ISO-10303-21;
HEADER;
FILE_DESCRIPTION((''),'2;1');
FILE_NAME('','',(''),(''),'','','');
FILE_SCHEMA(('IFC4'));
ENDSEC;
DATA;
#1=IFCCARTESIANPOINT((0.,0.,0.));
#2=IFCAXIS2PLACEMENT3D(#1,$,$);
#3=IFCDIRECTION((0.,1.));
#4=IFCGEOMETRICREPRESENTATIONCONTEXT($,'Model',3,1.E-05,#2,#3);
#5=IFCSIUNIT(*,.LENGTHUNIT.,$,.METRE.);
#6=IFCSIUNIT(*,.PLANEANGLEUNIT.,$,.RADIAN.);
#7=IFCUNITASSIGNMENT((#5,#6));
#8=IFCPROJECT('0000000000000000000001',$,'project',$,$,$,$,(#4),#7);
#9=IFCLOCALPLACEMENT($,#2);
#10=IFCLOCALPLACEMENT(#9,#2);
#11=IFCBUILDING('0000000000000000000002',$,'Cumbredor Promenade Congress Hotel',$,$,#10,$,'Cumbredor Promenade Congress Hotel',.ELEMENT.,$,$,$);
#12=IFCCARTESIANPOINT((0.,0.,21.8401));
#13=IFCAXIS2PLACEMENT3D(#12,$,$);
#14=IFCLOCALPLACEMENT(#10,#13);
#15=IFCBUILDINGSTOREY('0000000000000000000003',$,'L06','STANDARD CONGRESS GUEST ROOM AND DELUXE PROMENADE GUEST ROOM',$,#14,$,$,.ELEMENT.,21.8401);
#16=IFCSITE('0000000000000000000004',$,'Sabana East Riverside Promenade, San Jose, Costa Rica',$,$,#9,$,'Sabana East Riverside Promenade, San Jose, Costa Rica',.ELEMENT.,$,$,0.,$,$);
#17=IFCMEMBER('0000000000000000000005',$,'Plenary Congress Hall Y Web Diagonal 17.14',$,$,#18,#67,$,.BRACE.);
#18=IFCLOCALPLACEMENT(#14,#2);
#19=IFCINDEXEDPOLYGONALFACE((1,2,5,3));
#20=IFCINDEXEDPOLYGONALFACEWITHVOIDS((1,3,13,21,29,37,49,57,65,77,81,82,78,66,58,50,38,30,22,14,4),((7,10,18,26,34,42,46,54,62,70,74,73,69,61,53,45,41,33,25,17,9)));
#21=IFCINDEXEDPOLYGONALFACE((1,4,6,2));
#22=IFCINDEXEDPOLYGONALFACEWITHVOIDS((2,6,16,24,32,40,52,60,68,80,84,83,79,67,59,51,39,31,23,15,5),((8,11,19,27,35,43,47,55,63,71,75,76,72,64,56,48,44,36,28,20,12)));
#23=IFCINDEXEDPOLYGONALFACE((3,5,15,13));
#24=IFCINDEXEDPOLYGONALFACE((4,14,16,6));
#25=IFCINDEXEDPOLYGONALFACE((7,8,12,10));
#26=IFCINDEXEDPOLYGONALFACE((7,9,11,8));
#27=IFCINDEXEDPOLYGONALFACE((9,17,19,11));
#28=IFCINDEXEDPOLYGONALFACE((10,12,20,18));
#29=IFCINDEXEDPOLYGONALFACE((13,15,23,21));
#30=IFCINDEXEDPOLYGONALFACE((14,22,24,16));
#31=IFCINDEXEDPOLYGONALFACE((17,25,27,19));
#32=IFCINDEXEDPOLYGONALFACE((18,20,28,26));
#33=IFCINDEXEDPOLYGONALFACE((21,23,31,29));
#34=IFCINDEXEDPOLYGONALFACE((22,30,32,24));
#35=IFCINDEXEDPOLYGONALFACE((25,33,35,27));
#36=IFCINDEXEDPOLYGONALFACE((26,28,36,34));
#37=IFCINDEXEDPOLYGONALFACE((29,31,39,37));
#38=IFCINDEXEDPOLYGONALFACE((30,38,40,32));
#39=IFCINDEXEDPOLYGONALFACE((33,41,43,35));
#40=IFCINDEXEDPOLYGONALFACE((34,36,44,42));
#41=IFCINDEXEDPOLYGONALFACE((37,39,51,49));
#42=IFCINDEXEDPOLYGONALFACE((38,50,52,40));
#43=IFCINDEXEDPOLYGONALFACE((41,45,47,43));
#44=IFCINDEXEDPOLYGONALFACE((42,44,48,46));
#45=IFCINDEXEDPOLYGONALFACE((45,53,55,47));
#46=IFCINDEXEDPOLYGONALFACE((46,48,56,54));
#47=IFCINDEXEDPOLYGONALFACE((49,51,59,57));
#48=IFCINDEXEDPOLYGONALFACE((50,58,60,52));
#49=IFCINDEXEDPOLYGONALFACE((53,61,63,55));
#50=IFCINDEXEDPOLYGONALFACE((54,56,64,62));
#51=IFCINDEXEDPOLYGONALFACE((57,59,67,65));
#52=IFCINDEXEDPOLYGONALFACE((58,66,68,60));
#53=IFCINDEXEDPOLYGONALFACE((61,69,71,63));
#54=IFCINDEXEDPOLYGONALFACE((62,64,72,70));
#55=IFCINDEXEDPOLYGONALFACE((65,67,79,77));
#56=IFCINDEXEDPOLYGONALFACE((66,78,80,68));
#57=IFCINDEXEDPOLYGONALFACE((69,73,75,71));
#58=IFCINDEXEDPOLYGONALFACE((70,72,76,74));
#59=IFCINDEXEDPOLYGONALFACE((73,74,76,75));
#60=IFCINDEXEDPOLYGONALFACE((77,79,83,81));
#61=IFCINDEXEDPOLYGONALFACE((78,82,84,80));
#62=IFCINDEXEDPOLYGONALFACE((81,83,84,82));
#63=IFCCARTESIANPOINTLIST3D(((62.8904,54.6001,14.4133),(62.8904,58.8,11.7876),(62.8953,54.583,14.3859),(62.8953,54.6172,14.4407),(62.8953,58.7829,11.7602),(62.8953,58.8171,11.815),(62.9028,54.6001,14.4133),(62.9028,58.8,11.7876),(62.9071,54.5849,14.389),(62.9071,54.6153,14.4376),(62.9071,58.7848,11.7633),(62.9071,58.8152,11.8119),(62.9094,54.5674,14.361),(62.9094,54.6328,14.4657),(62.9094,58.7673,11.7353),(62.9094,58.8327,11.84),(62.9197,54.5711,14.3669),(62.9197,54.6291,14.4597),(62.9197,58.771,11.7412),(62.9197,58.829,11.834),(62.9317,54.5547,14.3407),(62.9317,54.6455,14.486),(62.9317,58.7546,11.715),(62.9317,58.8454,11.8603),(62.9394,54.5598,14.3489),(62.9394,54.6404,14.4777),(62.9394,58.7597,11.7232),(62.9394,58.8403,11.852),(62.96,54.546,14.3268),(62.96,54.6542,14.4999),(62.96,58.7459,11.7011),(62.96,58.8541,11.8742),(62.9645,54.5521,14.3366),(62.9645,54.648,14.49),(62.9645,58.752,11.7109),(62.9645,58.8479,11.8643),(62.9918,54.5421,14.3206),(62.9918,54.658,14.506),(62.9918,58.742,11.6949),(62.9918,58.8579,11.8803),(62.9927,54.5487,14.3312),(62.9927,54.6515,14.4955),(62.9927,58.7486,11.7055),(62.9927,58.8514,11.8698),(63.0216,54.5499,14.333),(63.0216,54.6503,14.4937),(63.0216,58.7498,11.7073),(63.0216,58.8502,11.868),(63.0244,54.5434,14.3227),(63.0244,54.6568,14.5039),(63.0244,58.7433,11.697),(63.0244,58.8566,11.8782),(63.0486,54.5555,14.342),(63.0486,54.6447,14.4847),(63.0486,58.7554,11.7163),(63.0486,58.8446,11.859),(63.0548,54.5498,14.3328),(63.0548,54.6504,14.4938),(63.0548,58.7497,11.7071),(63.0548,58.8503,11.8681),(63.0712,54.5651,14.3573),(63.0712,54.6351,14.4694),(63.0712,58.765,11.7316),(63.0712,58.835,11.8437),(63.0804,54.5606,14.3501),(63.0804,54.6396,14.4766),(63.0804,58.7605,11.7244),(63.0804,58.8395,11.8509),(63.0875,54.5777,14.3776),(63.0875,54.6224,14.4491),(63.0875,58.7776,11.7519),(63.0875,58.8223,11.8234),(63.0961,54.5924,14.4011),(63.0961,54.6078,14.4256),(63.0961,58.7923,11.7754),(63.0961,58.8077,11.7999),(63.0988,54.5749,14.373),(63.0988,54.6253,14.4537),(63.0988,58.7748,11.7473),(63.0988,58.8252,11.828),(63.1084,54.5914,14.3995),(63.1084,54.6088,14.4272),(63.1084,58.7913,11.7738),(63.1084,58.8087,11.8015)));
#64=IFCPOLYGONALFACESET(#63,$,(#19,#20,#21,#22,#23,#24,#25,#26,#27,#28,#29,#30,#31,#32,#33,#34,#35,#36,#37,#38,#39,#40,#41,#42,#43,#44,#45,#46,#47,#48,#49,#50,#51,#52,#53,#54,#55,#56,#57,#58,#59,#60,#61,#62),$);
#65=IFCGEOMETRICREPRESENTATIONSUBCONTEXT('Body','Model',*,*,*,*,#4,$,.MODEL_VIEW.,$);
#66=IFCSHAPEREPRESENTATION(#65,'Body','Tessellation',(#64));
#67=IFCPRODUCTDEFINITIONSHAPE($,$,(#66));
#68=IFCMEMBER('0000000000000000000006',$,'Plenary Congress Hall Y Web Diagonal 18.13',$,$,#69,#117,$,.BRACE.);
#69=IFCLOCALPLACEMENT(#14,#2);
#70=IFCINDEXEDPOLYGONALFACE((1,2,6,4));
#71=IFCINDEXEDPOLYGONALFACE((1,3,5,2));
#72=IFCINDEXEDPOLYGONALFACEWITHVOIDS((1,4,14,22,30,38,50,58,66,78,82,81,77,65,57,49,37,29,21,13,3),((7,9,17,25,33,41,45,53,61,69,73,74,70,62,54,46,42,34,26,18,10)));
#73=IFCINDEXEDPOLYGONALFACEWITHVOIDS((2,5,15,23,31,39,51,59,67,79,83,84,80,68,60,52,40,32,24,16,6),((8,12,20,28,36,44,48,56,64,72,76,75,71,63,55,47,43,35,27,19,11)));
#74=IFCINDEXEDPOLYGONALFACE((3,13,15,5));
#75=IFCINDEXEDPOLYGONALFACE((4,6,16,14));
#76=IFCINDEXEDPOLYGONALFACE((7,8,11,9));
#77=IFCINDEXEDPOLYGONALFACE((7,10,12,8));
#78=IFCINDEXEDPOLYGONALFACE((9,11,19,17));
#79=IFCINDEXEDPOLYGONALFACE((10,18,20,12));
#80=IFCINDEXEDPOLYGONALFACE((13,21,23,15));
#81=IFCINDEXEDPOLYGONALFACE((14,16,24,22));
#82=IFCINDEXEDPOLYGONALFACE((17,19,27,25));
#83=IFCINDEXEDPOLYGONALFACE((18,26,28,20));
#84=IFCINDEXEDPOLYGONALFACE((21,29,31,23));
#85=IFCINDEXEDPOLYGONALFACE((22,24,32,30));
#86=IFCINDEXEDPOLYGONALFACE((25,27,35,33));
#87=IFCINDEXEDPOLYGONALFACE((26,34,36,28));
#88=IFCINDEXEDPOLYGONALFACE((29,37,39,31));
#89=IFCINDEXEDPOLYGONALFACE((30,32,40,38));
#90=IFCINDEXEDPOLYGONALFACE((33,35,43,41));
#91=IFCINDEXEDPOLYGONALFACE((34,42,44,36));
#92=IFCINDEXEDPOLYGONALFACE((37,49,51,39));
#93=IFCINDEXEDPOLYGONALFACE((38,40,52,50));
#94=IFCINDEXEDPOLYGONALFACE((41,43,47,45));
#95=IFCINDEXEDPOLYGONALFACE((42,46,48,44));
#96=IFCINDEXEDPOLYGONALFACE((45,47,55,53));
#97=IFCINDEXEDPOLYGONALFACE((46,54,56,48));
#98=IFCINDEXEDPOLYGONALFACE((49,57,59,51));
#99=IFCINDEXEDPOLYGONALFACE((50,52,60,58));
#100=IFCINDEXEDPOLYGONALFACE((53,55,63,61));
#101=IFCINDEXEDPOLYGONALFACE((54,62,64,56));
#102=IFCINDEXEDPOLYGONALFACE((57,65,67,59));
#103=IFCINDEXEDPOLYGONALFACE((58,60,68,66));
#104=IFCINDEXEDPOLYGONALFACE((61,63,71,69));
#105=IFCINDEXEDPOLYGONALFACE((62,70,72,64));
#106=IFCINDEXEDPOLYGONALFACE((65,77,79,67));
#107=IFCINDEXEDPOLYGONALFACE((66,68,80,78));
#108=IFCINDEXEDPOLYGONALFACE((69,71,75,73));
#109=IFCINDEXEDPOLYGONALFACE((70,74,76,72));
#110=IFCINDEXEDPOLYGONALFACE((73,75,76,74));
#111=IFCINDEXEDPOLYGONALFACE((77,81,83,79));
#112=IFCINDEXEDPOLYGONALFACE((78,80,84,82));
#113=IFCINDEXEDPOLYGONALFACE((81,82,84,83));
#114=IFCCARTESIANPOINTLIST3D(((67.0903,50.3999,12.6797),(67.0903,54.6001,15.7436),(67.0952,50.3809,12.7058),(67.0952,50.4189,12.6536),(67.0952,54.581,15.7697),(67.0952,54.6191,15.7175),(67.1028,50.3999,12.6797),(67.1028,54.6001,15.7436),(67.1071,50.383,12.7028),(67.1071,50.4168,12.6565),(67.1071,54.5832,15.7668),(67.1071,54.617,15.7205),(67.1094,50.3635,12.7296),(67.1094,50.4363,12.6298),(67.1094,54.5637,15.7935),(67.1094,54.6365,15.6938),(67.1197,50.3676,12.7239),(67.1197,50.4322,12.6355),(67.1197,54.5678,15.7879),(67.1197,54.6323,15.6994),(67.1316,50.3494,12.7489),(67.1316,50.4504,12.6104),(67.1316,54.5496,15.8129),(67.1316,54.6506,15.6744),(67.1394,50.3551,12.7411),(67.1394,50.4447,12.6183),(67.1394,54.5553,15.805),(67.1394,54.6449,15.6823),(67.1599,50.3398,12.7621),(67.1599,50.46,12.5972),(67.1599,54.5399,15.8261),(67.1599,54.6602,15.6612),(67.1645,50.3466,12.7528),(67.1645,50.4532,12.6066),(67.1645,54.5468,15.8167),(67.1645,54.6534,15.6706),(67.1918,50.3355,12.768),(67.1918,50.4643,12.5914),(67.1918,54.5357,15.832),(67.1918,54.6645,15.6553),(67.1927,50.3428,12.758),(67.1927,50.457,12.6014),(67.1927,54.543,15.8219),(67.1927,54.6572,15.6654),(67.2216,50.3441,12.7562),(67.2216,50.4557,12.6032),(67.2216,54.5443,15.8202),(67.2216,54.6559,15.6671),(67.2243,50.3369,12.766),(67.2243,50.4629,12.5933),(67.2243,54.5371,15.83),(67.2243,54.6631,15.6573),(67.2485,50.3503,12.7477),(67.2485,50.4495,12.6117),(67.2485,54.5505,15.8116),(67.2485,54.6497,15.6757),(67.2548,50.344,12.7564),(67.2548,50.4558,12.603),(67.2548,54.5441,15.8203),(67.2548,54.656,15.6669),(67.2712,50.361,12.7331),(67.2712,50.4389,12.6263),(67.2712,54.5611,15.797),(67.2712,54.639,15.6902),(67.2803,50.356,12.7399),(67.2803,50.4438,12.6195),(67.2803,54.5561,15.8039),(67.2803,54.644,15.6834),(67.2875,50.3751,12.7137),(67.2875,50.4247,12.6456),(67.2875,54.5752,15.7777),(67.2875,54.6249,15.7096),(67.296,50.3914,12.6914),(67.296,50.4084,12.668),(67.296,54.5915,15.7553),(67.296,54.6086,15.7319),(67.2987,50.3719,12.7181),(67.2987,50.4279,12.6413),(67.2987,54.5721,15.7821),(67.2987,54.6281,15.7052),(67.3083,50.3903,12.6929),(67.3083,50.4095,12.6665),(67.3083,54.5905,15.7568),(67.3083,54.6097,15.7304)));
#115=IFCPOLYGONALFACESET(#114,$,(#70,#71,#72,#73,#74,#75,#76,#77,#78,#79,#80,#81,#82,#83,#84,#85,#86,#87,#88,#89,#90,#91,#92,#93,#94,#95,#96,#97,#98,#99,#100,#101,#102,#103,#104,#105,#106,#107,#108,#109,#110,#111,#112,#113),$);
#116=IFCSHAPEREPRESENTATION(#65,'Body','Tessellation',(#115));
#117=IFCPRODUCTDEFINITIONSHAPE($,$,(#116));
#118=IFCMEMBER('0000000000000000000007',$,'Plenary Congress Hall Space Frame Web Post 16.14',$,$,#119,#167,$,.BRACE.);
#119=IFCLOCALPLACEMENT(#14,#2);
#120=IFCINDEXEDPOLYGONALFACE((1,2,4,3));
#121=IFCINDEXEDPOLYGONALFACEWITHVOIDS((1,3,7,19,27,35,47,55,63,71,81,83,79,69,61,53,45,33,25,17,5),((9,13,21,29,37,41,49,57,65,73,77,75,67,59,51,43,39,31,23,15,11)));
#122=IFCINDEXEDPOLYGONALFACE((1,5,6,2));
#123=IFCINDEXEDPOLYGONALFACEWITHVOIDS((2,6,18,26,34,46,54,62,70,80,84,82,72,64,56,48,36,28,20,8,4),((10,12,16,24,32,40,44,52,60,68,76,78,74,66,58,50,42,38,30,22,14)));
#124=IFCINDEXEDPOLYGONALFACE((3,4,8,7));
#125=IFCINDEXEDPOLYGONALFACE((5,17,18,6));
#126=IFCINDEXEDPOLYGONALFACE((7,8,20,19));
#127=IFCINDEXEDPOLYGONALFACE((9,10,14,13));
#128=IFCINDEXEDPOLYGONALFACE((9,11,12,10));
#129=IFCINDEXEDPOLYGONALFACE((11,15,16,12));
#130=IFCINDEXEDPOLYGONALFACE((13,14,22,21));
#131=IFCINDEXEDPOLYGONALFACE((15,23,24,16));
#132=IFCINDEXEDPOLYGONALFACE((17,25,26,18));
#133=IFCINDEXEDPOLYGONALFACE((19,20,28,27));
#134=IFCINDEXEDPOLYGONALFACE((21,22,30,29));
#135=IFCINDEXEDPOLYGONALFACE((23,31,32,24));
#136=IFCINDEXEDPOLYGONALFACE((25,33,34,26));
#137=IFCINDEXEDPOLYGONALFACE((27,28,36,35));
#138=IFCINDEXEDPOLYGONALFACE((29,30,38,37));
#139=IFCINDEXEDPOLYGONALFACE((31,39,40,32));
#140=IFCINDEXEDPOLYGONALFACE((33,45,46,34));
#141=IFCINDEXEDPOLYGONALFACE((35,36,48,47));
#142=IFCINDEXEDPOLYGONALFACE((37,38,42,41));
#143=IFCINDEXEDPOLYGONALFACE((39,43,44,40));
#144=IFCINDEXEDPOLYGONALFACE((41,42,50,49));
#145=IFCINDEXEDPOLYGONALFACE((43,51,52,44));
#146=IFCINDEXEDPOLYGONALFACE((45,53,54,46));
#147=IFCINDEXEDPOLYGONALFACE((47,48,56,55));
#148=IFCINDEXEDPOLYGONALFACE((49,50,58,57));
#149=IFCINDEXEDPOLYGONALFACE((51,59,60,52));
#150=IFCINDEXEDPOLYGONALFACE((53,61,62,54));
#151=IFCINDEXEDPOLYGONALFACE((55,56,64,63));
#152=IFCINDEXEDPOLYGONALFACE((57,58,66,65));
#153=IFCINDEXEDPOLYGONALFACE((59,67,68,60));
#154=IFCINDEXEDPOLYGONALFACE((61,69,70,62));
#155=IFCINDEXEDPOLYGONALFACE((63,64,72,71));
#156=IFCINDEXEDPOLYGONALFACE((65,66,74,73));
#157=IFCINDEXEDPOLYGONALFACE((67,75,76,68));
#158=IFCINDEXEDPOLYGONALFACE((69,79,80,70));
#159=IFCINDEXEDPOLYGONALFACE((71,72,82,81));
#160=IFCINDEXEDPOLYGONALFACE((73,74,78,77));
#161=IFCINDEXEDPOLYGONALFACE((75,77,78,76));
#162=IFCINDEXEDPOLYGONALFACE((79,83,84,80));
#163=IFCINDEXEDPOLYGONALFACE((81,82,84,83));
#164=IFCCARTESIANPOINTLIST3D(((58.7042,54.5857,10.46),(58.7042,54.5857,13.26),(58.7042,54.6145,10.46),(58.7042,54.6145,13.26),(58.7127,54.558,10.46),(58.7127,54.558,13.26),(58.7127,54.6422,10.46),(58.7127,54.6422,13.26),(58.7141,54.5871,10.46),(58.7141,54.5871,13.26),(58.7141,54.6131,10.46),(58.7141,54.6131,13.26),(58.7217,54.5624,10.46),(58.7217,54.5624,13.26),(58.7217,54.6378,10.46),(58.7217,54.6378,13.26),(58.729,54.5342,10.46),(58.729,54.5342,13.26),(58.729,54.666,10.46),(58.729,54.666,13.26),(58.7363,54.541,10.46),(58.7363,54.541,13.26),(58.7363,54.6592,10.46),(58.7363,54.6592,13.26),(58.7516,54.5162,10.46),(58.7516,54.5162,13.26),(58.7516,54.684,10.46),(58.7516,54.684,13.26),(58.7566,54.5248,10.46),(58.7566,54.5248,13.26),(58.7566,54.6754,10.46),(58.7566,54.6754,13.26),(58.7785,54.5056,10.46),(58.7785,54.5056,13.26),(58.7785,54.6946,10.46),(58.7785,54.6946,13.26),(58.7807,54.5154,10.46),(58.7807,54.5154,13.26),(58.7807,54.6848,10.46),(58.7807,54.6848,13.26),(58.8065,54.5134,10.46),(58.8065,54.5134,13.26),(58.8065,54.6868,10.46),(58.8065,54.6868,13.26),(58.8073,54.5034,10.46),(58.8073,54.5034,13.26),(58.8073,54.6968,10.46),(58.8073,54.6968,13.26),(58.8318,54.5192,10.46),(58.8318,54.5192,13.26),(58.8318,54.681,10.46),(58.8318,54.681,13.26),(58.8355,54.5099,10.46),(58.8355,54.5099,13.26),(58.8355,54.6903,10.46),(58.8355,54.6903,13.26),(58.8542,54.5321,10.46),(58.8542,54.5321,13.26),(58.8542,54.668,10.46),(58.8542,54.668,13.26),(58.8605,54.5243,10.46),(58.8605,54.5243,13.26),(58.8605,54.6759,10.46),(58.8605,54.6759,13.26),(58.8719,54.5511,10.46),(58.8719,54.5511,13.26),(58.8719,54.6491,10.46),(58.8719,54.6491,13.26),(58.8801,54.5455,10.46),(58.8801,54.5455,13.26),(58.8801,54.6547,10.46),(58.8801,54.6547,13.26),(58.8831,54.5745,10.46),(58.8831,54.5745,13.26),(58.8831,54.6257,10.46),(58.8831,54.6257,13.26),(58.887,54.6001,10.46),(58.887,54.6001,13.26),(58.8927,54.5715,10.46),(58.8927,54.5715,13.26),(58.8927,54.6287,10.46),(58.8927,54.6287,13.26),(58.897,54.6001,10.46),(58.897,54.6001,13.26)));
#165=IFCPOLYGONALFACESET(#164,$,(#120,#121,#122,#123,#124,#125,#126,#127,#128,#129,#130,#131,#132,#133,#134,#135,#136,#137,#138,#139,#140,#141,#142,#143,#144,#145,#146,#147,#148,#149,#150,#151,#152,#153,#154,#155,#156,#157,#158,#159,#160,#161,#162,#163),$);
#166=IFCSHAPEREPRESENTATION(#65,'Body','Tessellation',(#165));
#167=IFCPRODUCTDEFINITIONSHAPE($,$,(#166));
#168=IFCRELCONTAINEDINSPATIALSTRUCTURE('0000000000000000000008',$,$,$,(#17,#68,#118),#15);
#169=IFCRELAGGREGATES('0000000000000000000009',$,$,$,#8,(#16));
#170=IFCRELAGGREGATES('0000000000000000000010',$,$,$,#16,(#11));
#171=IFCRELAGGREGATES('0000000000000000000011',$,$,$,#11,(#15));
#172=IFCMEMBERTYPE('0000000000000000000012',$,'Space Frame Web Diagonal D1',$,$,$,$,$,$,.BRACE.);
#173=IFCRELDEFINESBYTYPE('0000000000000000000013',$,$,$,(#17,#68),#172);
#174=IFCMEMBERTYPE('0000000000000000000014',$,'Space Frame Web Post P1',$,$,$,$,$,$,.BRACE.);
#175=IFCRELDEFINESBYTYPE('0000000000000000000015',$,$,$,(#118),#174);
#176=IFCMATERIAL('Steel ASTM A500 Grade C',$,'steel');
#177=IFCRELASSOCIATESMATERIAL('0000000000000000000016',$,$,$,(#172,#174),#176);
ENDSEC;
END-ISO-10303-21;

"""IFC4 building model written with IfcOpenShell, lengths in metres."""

from ifc_helpers import new_model, si_unit, direction, frame, origin, origin_2d, place, context, subcontext, project, spatial, hollow_circle, extrude, material, material_profile, profile_set, type_object, element, save


model = new_model("IFC4")

# Units and contexts
model_context = context("Model", 3, precision=1e-05, world=origin(), true_north=direction((0.0, 1.0)))
body_context = subcontext(model_context, "Body", "Model", "MODEL_VIEW")
ifc_project = project(units=[si_unit("LENGTHUNIT", "METRE"), si_unit("PLANEANGLEUNIT", "RADIAN")], contexts=[model_context])

# Site, building, storey
site_placement = place(None, origin())
site = spatial("IfcSite", under=ifc_project, at=site_placement, Name="Sabana East Riverside Promenade, San Jose, Costa Rica", LongName="Sabana East Riverside Promenade, San Jose, Costa Rica", CompositionType="ELEMENT", RefElevation=0.0)
building_placement = place(site_placement, origin())
building = spatial("IfcBuilding", under=site, at=building_placement, Name="Cumbredor Promenade Congress Hotel", LongName="Cumbredor Promenade Congress Hotel", CompositionType="ELEMENT")
storey_placement = place(building_placement, frame((0.0, 0.0, 21.8401)))
storey = spatial("IfcBuildingStorey", under=building, at=storey_placement, Name="L06", Description="STANDARD CONGRESS GUEST ROOM AND DELUXE PROMENADE GUEST ROOM", CompositionType="ELEMENT", Elevation=21.8401)

# Members
ifc_material_1 = material(Name="Steel ASTM A500 Grade C", Category="steel")
ifc_material_profile_1 = material_profile(ifc_material_1, hollow_circle(Radius=0.1096, WallThickness=0.0125, at=origin_2d()), Name="CHS 219.1x12.5")
ifc_profile_set_1 = profile_set([ifc_material_profile_1], Name="Steel ASTM A500 Grade C")
member_type_1 = type_object("IfcMemberType", Name="Space Frame Web Diagonal D1", PredefinedType="BRACE", material=ifc_profile_set_1)
member_1_placement = place(storey_placement, frame((63.0, 54.6001, 14.4133), z_axis=(0.0, 0.847929, -0.53011), x_axis=(-1.0, 0.0, 0.0)))
element("IfcMember", 1, at=member_1_placement, inside=storey, type_object=member_type_1, Name="Plenary Congress Hall Y Web Diagonal 17.14", PredefinedType="BRACE", context=body_context, shape_type="SweptSolid", body=[
    extrude(hollow_circle(Radius=0.1096, WallThickness=0.0125, at=origin_2d()), origin(), (0.0, 0.0, 1.0), 4.9531),
])
member_2_placement = place(storey_placement, frame((67.2, 50.3999, 12.6797), z_axis=(0.0, 0.807886, 0.589338), x_axis=(-1.0, 0.0, 0.0)))
element("IfcMember", 2, at=member_2_placement, inside=storey, type_object=member_type_1, Name="Plenary Congress Hall Y Web Diagonal 18.13", PredefinedType="BRACE", context=body_context, shape_type="SweptSolid", body=[
    extrude(hollow_circle(Radius=0.1096, WallThickness=0.0125, at=origin_2d()), origin(), (0.0, 0.0, 1.0), 5.199),
])
ifc_material_profile_2 = material_profile(ifc_material_1, hollow_circle(Radius=0.0969, WallThickness=0.01, at=origin_2d()), Name="CHS 193.7x10")
ifc_profile_set_2 = profile_set([ifc_material_profile_2], Name="Steel ASTM A500 Grade C")
member_type_2 = type_object("IfcMemberType", Name="Space Frame Web Post P1", PredefinedType="BRACE", material=ifc_profile_set_2)
for number, where, z_axis, x_axis, name in (
    (3, (58.8, 54.6001, 10.46), (0.0, 0.0, 1.0), (1.0, 0.0, 0.0), "Plenary Congress Hall Space Frame Web Post 16.14"),
):
    element("IfcMember", number, at=place(storey_placement, frame(where, z_axis=z_axis, x_axis=x_axis)), inside=storey, type_object=member_type_2, Name=name, PredefinedType="BRACE", context=body_context, shape_type="SweptSolid", body=[
        extrude(hollow_circle(Radius=0.0969, WallThickness=0.01, at=origin_2d()), origin(), (0.0, 0.0, 1.0), 2.8),
    ])

save(model, "model.ifc")
